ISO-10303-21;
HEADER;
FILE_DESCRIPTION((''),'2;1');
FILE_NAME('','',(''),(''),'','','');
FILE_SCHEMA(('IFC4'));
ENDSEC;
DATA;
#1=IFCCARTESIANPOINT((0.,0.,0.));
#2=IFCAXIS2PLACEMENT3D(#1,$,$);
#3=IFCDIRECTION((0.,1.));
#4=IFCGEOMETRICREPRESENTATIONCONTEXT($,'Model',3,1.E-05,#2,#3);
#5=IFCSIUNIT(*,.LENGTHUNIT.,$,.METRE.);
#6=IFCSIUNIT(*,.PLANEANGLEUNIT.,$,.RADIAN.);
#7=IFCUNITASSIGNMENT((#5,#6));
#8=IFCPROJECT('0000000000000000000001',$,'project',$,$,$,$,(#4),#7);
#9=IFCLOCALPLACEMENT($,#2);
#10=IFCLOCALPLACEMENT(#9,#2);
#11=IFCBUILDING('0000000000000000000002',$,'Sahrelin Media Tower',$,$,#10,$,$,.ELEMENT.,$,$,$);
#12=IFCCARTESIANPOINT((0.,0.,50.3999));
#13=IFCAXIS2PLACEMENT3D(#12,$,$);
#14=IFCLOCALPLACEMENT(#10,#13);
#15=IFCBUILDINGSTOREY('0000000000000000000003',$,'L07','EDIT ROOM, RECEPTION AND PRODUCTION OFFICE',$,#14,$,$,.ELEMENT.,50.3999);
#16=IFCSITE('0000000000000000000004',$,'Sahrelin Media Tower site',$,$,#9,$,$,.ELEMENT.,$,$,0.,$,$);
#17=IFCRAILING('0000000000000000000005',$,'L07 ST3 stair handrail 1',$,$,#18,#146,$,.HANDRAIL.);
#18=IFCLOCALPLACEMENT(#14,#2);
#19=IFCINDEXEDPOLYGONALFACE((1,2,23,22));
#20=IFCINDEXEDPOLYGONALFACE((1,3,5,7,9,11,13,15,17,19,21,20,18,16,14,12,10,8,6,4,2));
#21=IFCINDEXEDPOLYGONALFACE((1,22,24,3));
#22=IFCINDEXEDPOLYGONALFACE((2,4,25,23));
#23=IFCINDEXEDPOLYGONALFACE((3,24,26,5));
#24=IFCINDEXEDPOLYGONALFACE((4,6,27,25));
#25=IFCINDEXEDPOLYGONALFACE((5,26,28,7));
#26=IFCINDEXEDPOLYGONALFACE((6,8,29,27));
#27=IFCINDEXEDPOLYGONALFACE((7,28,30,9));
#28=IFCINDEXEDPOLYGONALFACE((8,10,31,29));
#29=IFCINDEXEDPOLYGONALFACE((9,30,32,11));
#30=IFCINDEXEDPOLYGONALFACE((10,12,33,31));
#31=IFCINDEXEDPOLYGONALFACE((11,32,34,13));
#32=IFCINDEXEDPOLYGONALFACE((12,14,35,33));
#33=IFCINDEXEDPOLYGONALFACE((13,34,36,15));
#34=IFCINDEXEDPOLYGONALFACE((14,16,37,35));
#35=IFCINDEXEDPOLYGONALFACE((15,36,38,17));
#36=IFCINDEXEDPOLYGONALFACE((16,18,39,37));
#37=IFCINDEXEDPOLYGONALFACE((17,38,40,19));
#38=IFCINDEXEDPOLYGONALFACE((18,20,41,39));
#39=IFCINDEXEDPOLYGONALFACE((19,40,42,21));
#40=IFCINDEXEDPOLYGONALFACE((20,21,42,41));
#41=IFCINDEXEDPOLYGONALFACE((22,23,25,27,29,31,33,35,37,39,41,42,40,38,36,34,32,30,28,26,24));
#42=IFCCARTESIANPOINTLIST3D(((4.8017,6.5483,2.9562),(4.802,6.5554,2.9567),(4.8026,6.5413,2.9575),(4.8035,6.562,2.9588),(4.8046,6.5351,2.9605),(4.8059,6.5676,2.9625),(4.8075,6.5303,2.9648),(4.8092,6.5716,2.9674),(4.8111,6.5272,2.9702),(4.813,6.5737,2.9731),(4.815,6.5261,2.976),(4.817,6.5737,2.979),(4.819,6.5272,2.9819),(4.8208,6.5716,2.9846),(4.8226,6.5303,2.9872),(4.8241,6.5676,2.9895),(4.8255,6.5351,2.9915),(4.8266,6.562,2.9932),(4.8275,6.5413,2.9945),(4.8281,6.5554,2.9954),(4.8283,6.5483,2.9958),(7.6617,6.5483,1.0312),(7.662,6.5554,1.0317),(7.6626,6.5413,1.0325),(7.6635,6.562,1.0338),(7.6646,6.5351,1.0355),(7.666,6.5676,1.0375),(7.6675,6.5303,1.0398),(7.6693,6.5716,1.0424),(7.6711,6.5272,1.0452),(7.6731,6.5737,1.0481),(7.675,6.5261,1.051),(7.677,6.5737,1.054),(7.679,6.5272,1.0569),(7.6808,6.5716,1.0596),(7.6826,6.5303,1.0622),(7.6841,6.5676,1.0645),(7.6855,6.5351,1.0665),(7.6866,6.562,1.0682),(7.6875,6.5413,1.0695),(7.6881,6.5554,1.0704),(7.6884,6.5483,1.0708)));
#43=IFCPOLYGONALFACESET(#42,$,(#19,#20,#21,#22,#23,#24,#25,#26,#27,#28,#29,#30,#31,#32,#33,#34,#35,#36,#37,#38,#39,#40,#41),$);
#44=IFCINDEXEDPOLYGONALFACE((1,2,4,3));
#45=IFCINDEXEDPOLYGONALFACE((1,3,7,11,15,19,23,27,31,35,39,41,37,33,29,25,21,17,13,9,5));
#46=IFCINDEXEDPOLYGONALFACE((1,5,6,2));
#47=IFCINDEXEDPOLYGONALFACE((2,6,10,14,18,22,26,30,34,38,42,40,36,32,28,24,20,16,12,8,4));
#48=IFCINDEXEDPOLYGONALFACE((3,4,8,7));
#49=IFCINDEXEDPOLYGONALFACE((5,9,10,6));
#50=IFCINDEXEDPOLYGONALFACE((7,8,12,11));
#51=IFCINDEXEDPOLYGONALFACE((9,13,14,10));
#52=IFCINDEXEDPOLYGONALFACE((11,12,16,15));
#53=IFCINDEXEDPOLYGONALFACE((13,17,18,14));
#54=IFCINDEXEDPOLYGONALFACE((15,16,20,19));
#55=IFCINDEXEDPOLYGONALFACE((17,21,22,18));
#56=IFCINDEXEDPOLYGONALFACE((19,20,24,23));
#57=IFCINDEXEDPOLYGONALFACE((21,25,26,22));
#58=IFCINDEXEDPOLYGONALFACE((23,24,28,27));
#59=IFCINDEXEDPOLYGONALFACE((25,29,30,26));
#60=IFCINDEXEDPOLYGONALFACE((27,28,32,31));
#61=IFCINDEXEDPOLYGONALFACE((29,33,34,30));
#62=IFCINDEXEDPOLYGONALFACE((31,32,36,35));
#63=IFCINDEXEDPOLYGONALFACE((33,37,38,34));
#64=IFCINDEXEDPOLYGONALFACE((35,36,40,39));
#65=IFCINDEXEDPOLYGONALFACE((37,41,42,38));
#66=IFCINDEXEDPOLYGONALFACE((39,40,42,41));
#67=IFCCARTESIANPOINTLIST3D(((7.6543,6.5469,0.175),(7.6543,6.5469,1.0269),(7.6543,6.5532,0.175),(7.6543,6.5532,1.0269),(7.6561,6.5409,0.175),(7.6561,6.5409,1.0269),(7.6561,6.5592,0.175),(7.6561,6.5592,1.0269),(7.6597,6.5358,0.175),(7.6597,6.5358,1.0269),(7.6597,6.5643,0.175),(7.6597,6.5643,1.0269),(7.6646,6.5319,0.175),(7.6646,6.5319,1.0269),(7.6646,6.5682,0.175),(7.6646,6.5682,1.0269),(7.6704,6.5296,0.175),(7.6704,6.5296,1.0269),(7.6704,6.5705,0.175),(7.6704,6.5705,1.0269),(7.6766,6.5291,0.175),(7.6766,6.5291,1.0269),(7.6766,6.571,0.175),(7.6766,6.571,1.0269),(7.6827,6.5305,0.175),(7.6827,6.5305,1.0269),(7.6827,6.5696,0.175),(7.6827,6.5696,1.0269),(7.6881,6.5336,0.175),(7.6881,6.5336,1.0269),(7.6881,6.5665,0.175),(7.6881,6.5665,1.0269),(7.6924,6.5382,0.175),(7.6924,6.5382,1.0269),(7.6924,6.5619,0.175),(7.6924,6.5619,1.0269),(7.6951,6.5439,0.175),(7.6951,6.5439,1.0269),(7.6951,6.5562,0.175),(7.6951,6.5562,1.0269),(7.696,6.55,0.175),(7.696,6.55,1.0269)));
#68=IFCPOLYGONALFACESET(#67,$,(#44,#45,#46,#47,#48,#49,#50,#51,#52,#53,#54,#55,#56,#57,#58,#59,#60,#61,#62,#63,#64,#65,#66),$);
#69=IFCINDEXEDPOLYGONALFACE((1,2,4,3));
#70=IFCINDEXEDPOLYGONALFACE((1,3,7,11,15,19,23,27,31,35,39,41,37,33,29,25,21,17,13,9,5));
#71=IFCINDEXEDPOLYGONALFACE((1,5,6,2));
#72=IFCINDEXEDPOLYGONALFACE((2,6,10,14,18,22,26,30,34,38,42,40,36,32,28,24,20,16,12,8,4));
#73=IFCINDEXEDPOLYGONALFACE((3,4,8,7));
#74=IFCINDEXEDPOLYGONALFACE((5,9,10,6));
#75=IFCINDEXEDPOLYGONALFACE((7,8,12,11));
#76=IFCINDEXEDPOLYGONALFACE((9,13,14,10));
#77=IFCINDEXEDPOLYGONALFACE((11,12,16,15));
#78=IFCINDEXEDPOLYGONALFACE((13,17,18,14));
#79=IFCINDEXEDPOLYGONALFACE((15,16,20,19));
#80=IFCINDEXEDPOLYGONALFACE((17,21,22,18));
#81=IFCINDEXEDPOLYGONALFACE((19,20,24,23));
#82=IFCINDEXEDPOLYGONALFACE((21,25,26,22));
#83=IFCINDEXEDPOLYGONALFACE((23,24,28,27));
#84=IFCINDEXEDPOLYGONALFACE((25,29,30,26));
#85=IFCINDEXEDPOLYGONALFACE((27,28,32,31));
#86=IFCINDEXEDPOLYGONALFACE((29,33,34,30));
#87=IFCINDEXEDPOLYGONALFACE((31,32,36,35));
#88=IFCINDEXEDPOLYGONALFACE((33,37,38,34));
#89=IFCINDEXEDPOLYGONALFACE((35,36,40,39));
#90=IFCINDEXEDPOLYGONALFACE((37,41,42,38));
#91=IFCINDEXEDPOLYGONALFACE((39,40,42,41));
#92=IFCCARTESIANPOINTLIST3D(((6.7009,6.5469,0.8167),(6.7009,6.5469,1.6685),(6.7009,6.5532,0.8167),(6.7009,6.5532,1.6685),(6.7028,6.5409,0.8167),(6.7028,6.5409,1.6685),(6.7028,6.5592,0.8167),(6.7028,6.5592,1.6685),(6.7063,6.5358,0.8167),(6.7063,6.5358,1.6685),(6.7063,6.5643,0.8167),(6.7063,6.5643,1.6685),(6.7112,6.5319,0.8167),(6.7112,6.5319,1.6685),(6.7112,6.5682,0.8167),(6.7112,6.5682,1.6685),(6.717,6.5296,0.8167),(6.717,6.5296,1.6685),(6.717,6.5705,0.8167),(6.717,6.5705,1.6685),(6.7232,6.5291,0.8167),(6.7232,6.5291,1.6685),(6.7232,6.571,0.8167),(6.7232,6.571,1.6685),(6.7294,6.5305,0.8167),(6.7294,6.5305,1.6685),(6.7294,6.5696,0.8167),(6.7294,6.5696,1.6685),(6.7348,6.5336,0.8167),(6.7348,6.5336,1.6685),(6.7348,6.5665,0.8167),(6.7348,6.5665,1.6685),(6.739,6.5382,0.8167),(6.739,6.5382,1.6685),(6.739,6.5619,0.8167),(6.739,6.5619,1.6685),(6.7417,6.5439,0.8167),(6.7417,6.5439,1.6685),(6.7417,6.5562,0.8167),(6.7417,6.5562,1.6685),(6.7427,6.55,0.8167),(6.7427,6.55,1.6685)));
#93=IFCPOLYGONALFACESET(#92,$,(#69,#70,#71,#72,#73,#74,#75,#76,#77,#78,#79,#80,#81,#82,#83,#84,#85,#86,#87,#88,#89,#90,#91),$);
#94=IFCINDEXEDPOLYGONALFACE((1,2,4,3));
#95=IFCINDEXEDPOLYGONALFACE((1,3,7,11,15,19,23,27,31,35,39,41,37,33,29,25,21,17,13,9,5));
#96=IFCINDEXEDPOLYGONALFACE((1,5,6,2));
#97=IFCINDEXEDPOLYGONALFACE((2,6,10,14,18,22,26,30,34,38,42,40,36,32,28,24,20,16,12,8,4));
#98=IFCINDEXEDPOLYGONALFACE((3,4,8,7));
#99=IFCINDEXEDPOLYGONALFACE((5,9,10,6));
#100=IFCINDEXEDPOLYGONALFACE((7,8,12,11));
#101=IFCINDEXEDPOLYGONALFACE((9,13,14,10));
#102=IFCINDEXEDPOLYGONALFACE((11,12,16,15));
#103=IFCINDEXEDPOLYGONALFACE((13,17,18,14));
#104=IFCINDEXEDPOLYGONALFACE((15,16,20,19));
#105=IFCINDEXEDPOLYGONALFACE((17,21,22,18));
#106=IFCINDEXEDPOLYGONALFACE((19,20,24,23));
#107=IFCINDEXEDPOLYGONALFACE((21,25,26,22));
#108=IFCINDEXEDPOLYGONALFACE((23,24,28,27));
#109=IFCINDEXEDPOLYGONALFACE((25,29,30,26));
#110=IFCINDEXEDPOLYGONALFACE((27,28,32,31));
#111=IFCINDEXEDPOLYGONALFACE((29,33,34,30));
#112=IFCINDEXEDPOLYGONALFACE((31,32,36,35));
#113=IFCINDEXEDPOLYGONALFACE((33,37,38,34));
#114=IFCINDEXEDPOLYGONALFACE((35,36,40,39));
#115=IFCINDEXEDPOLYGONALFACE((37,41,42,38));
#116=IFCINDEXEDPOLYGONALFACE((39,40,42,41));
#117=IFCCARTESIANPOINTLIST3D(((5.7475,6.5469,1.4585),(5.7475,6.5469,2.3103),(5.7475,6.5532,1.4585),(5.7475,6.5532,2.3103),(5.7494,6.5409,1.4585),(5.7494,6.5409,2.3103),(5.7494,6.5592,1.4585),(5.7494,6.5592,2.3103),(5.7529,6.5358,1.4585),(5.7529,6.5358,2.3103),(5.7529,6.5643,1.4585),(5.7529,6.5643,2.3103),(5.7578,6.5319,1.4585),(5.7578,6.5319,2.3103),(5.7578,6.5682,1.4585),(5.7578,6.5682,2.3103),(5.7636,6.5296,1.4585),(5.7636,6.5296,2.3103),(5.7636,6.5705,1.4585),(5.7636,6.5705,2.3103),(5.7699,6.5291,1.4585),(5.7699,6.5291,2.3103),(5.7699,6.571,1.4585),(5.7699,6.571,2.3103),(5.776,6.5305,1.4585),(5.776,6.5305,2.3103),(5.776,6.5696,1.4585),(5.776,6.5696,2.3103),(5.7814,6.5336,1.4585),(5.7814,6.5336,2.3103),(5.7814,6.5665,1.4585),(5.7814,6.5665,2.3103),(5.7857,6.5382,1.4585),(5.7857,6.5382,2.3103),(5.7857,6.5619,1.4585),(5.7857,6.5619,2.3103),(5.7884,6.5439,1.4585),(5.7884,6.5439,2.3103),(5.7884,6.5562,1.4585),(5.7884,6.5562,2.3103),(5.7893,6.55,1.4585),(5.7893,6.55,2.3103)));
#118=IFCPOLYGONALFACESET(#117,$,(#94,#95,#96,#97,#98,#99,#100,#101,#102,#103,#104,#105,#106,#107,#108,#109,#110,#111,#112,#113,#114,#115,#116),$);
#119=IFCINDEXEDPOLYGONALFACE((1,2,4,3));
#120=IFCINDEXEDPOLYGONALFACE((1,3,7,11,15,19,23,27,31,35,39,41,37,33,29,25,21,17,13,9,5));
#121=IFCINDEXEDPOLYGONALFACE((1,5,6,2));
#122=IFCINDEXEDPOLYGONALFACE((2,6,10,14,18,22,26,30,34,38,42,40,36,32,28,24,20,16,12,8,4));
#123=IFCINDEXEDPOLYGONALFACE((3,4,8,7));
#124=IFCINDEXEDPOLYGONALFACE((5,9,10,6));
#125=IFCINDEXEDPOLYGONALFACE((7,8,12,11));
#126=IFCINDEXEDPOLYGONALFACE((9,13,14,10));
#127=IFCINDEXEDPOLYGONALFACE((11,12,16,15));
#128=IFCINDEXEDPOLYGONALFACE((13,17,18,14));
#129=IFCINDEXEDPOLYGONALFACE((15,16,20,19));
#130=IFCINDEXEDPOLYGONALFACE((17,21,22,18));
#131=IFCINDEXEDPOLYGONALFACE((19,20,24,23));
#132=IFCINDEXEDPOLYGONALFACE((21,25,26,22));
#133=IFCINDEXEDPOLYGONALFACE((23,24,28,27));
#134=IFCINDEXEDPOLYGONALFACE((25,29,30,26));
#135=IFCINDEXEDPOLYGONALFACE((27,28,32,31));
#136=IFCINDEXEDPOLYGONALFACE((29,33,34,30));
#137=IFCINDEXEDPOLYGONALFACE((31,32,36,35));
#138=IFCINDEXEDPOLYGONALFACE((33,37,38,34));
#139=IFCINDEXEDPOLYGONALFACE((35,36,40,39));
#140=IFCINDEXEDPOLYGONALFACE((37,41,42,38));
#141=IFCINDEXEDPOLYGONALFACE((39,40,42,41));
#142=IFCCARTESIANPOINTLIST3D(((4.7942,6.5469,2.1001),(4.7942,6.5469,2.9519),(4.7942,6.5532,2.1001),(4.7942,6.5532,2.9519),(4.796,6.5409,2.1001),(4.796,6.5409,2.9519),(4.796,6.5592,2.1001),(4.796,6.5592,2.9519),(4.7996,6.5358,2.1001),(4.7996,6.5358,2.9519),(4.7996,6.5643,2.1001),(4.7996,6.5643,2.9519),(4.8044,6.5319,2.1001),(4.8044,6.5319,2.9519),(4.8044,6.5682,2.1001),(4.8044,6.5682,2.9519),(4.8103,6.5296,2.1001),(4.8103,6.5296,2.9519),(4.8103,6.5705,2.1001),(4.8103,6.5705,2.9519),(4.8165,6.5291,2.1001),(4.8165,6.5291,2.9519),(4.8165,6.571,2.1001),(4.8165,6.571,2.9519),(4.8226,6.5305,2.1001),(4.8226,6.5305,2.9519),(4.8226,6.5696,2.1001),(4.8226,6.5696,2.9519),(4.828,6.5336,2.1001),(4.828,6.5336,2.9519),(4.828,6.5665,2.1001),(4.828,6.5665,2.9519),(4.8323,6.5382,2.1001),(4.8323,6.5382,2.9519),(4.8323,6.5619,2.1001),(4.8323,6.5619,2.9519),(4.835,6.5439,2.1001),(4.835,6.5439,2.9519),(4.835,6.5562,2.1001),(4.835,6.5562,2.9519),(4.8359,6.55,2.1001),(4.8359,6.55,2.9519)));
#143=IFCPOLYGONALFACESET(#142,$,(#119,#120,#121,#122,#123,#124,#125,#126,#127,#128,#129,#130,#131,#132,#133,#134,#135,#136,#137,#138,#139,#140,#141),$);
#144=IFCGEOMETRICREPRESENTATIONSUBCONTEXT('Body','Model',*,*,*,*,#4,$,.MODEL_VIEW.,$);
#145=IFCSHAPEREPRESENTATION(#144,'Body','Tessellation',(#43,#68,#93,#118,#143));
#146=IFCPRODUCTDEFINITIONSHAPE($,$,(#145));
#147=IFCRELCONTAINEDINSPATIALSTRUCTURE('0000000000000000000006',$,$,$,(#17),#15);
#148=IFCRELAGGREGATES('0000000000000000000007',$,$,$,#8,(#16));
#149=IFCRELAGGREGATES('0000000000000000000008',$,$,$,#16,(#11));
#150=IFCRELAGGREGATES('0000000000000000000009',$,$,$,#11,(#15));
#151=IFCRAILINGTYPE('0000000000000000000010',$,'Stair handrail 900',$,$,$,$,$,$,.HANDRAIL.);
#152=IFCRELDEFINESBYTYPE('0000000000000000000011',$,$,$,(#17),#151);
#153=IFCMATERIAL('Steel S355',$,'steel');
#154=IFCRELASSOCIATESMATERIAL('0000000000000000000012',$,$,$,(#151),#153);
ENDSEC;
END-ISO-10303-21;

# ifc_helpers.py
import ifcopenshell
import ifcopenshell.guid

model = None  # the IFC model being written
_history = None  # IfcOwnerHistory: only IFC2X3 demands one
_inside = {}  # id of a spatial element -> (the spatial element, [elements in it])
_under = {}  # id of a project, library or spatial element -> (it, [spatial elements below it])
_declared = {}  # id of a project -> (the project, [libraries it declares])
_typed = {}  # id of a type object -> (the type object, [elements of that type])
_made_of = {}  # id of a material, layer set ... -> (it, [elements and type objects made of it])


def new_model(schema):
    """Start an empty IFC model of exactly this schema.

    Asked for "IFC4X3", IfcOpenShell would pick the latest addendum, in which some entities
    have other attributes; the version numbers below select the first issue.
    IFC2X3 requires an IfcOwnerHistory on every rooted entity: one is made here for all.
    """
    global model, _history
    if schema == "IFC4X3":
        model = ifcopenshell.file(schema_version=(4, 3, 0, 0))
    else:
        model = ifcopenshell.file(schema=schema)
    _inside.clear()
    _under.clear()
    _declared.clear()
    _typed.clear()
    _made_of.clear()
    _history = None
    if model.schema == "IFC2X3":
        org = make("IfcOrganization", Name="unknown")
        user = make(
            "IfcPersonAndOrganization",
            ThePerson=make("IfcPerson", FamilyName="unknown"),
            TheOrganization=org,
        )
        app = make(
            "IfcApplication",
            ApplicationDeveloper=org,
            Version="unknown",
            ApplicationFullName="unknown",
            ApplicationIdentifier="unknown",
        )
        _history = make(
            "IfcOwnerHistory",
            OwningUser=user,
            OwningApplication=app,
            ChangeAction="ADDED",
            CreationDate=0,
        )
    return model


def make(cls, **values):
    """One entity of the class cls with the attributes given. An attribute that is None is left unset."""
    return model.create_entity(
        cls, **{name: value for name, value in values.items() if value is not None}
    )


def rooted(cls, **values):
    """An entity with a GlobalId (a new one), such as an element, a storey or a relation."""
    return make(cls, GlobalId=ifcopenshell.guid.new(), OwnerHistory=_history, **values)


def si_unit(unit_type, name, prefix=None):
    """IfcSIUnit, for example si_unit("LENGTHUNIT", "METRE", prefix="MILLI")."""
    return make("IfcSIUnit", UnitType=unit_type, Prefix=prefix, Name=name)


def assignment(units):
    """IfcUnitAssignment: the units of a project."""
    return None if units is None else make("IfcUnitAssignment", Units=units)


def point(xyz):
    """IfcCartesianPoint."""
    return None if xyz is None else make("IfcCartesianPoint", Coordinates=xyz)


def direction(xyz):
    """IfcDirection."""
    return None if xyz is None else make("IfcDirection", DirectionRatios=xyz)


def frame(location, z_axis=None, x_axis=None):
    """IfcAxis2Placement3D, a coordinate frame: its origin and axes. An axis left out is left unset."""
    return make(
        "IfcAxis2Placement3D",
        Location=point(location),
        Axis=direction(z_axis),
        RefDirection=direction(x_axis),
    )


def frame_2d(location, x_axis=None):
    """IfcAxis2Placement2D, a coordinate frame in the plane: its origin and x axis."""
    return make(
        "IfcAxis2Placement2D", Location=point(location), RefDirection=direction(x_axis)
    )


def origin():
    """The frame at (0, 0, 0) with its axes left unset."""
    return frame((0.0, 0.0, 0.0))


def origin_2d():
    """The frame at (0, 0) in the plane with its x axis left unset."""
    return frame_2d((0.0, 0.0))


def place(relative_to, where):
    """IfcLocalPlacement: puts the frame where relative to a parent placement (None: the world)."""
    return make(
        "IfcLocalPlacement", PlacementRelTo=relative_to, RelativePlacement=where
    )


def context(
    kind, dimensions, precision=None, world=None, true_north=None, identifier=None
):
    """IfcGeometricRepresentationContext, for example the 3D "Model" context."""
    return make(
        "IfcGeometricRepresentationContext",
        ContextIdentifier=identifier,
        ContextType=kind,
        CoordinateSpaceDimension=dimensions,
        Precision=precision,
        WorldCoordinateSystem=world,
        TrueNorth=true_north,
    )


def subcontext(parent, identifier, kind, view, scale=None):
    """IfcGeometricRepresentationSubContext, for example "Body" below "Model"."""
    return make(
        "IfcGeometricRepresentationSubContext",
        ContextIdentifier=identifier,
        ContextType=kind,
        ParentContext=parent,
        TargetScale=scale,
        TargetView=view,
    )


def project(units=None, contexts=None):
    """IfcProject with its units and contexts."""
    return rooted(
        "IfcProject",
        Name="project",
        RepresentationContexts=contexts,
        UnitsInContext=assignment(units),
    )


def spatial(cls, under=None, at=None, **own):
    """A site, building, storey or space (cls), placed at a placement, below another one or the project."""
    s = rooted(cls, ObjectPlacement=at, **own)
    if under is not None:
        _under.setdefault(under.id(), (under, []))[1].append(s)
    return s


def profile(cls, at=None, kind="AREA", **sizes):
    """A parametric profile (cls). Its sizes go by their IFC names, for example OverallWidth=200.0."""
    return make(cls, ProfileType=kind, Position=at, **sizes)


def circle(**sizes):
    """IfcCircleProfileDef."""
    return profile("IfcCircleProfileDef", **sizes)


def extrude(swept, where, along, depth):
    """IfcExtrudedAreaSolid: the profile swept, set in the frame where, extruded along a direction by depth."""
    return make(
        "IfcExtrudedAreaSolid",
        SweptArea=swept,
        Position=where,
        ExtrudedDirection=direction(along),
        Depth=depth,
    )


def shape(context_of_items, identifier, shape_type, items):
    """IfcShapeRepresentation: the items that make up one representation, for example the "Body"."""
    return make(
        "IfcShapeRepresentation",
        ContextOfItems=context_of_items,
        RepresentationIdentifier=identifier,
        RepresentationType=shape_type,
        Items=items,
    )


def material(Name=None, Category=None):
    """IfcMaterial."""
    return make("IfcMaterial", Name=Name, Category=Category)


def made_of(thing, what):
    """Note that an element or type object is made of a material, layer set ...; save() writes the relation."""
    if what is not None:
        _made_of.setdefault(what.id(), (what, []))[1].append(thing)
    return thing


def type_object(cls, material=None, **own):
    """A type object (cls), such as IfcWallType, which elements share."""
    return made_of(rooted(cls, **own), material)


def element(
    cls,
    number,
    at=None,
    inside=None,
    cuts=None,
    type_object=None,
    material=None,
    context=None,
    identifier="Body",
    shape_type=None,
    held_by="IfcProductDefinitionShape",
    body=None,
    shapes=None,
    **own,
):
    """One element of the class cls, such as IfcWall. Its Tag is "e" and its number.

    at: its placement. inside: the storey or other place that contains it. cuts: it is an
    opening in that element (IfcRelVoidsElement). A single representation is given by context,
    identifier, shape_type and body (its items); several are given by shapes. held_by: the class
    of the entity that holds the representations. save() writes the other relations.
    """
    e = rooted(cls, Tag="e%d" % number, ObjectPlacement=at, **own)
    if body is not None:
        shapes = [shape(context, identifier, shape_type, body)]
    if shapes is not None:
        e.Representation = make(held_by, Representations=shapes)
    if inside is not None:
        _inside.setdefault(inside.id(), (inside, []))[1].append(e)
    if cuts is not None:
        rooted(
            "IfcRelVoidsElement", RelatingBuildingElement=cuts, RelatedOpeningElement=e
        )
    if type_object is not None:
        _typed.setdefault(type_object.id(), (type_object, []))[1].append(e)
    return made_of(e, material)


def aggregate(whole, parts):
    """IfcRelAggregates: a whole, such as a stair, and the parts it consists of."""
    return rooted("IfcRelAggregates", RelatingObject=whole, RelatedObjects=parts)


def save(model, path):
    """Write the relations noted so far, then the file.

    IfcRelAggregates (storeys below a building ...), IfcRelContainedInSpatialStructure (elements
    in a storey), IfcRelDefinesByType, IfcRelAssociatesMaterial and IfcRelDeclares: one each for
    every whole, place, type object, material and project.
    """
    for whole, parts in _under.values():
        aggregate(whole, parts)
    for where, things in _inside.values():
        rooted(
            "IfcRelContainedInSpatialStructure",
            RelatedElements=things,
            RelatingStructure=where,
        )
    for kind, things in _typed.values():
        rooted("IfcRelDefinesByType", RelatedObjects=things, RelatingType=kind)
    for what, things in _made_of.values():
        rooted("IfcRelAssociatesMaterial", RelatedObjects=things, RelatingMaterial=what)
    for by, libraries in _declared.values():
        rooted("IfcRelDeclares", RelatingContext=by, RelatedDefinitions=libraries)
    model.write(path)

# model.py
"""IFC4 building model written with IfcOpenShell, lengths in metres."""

from ifc_helpers import new_model, si_unit, direction, frame, origin, origin_2d, place, context, subcontext, project, spatial, circle, extrude, material, type_object, element, save


model = new_model("IFC4")

# Units and contexts
model_context = context("Model", 3, precision=1e-05, world=origin(), true_north=direction((0.0, 1.0)))
body_context = subcontext(model_context, "Body", "Model", "MODEL_VIEW")
ifc_project = project(units=[si_unit("LENGTHUNIT", "METRE"), si_unit("PLANEANGLEUNIT", "RADIAN")], contexts=[model_context])

# Site, building, storey
site_placement = place(None, origin())
site = spatial("IfcSite", under=ifc_project, at=site_placement, Name="Sahrelin Media Tower site", CompositionType="ELEMENT", RefElevation=0.0)
building_placement = place(site_placement, origin())
building = spatial("IfcBuilding", under=site, at=building_placement, Name="Sahrelin Media Tower", CompositionType="ELEMENT")
storey_placement = place(building_placement, frame((0.0, 0.0, 50.3999)))
storey = spatial("IfcBuildingStorey", under=building, at=storey_placement, Name="L07", Description="EDIT ROOM, RECEPTION AND PRODUCTION OFFICE", CompositionType="ELEMENT", Elevation=50.3999)

# Shared definitions
ifc_material_1 = material(Name="Steel S355", Category="steel")

# Railing
railing_type_1 = type_object("IfcRailingType", Name="Stair handrail 900", PredefinedType="HANDRAIL", material=ifc_material_1)
railing_1_placement = place(storey_placement, frame((7.675, 6.55, 0.175)))
element("IfcRailing", 1, at=railing_1_placement, inside=storey, type_object=railing_type_1, Name="L07 ST3 stair handrail 1", PredefinedType="HANDRAIL", context=body_context, shape_type="SweptSolid", body=[
    extrude(circle(Radius=0.0239, at=origin_2d()), frame((0.0, 0.0, 0.876), z_axis=(-0.829591, 0.0, 0.558372), x_axis=(0.0, -1.0, 0.0)), (0.0, 0.0, 1.0), 3.4475),
    extrude(circle(Radius=0.021, at=origin_2d()), origin(), (0.0, 0.0, 1.0), 0.8518),
    extrude(circle(Radius=0.021, at=origin_2d()), frame((-0.9534, 0.0, 0.6416)), (0.0, 0.0, 1.0), 0.8518),
    extrude(circle(Radius=0.021, at=origin_2d()), frame((-1.9067, 0.0, 1.2834)), (0.0, 0.0, 1.0), 0.8518),
    extrude(circle(Radius=0.021, at=origin_2d()), frame((-2.8601, 0.0, 1.925)), (0.0, 0.0, 1.0), 0.8518),
])

save(model, "model.ifc")
